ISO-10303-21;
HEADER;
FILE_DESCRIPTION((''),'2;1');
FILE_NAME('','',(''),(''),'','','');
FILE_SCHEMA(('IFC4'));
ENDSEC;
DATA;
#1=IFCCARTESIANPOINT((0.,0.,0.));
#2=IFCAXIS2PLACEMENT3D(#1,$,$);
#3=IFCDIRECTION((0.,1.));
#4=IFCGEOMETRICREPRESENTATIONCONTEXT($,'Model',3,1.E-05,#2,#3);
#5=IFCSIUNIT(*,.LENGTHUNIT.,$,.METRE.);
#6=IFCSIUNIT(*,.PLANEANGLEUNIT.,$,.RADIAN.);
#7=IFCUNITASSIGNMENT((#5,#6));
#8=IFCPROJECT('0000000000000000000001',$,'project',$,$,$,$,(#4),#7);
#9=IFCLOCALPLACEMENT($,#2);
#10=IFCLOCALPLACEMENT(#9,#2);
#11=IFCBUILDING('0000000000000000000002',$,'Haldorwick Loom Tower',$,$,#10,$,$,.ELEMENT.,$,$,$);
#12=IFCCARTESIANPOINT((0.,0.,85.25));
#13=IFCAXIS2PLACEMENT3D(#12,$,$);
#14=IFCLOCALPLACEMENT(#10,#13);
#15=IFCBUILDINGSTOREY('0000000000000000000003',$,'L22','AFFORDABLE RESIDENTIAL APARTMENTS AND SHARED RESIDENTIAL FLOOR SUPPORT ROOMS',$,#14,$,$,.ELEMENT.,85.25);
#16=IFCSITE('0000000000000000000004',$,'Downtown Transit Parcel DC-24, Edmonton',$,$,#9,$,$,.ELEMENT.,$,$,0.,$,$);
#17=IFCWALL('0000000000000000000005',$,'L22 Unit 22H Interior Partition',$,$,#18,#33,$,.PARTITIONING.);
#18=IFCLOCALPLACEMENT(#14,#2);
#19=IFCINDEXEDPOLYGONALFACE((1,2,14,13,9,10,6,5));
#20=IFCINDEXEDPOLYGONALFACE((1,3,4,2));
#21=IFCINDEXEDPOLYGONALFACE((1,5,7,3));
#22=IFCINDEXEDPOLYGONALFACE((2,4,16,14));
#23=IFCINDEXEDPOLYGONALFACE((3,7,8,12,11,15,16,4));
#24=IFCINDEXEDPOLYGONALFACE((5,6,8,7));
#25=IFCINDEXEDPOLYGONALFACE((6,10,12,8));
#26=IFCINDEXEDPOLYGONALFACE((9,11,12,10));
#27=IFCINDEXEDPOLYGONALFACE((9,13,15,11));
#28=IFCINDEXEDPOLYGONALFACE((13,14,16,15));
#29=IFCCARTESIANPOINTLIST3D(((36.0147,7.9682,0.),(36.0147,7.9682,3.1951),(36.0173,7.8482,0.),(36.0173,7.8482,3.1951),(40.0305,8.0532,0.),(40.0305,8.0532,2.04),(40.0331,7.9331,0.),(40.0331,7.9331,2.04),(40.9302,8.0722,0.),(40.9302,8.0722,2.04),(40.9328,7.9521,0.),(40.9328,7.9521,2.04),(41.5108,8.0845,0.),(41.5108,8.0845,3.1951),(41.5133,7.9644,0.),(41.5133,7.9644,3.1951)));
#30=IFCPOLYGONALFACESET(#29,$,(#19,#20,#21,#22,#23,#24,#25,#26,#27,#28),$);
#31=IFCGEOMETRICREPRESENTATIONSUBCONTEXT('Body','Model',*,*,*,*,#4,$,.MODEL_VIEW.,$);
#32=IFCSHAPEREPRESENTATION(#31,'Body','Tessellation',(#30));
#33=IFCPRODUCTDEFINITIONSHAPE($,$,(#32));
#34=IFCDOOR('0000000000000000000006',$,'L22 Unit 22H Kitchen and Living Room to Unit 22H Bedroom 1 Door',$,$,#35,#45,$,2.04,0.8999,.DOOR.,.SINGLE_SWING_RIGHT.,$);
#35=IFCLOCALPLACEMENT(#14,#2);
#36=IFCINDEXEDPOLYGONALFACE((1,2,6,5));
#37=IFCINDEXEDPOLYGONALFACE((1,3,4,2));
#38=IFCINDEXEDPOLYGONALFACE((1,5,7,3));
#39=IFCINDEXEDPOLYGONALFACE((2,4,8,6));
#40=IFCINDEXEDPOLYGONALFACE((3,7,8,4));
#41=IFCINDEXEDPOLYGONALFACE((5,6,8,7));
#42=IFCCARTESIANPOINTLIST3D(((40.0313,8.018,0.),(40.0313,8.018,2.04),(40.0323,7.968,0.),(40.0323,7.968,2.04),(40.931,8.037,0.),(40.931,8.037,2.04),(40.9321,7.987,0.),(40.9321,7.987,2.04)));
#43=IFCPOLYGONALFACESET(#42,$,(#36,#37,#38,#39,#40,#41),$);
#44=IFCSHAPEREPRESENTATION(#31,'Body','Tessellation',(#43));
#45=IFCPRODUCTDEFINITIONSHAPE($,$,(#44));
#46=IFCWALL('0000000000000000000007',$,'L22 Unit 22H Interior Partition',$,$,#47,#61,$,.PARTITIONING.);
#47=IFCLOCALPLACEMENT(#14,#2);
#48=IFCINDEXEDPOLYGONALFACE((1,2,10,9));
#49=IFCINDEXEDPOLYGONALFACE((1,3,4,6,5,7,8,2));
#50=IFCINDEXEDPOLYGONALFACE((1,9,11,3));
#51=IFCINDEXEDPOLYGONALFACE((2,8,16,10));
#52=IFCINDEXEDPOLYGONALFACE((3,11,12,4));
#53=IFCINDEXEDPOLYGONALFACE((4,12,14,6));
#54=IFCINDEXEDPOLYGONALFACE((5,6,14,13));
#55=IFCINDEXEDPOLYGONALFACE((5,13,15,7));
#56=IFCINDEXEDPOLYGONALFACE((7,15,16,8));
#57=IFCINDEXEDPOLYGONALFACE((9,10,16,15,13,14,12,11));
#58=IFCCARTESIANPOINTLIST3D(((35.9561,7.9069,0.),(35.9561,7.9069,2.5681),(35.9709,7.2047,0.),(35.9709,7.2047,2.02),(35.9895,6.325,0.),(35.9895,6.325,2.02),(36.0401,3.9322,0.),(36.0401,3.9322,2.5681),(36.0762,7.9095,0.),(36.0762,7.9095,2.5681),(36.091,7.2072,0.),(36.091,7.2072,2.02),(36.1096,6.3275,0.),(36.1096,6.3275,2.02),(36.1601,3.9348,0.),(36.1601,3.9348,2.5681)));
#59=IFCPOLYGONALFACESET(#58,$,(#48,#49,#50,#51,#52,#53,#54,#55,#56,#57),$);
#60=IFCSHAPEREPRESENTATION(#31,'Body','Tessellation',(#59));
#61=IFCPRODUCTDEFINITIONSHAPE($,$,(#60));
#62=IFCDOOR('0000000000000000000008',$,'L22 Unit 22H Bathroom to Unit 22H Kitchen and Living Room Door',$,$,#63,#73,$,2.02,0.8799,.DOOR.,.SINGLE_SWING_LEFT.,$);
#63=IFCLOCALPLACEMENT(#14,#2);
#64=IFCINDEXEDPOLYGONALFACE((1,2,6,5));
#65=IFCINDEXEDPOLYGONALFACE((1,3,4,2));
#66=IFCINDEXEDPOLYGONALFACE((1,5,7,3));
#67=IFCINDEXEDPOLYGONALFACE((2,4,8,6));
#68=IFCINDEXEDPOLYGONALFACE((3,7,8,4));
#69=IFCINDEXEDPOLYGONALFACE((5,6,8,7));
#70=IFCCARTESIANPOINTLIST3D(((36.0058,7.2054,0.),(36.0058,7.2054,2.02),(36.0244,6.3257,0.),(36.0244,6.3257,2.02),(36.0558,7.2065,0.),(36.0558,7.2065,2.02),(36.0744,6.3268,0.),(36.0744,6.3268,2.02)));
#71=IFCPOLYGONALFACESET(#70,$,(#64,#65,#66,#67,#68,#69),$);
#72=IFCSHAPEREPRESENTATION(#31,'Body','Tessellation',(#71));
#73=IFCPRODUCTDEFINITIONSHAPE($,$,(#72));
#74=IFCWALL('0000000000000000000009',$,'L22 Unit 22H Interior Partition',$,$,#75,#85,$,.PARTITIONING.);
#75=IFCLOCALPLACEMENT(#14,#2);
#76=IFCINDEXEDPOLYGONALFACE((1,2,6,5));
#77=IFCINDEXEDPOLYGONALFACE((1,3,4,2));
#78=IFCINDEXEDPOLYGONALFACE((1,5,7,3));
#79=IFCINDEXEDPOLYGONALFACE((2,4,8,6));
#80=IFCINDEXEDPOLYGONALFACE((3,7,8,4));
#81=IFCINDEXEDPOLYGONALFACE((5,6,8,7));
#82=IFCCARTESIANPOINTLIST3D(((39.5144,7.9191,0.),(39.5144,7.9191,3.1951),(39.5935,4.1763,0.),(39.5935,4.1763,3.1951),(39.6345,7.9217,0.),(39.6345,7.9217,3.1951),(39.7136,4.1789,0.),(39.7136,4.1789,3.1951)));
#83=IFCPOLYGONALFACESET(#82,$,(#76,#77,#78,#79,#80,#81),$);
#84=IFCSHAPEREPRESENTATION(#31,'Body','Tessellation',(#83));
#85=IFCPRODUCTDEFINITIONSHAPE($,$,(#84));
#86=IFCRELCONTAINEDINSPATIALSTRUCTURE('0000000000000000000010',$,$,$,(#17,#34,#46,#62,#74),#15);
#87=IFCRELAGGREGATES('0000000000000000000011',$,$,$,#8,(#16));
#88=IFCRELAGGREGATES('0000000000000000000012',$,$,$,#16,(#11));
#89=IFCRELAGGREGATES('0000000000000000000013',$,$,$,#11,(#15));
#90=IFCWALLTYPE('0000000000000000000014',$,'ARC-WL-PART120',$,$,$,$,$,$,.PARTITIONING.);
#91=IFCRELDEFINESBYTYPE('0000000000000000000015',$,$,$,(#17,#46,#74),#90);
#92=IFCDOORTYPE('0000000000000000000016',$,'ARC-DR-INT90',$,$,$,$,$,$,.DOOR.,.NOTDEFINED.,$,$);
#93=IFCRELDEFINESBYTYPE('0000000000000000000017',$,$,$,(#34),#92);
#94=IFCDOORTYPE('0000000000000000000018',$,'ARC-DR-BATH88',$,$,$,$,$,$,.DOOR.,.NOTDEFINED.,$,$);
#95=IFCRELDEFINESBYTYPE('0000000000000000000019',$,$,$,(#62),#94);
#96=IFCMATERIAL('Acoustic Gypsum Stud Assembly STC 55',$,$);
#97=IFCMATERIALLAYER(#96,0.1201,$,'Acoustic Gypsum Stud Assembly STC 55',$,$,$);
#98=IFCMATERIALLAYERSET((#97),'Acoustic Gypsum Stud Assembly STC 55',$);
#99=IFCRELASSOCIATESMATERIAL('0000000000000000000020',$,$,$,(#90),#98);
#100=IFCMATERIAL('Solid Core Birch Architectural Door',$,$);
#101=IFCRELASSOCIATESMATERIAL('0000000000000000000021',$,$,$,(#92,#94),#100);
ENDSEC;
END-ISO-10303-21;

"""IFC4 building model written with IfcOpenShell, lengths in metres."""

from ifc_helpers import new_model, si_unit, direction, frame, frame_2d, origin, place, context, subcontext, project, spatial, rectangle, extrude, material, layer, layer_set, type_object, element, fill, save


model = new_model("IFC4")

# Units and contexts
model_context = context("Model", 3, precision=1e-05, world=origin(), true_north=direction((0.0, 1.0)))
body_context = subcontext(model_context, "Body", "Model", "MODEL_VIEW")
ifc_project = project(units=[si_unit("LENGTHUNIT", "METRE"), si_unit("PLANEANGLEUNIT", "RADIAN")], contexts=[model_context])

# Site, building, storey
site_placement = place(None, origin())
site = spatial("IfcSite", under=ifc_project, at=site_placement, Name="Downtown Transit Parcel DC-24, Edmonton", CompositionType="ELEMENT", RefElevation=0.0)
building_placement = place(site_placement, origin())
building = spatial("IfcBuilding", under=site, at=building_placement, Name="Haldorwick Loom Tower", CompositionType="ELEMENT")
storey_placement = place(building_placement, frame((0.0, 0.0, 85.25)))
storey = spatial("IfcBuildingStorey", under=building, at=storey_placement, Name="L22", Description="AFFORDABLE RESIDENTIAL APARTMENTS AND SHARED RESIDENTIAL FLOOR SUPPORT ROOMS", CompositionType="ELEMENT", Elevation=85.25)

# Walls, openings, doors
ifc_material_1 = material(Name="Acoustic Gypsum Stud Assembly STC 55")
ifc_layer_1 = layer(ifc_material_1, 0.1201, Name="Acoustic Gypsum Stud Assembly STC 55")
ifc_layer_set_1 = layer_set([ifc_layer_1], Name="Acoustic Gypsum Stud Assembly STC 55")
wall_type_1 = type_object("IfcWallType", Name="ARC-WL-PART120", PredefinedType="PARTITIONING", material=ifc_layer_set_1)
wall_1_placement = place(storey_placement, frame((36.0161, 7.9082, 0.0), z_axis=(0.0, 0.0, 1.0), x_axis=(0.999777, 0.02114, 0.0)))
wall_1 = element("IfcWall", 1, at=wall_1_placement, inside=storey, type_object=wall_type_1, Name="L22 Unit 22H Interior Partition", PredefinedType="PARTITIONING", context=body_context, shape_type="SweptSolid", body=[
    extrude(rectangle(XDim=5.4973, YDim=0.1201, at=frame_2d((2.7485, 0.0))), origin(), (0.0, 0.0, 1.0), 3.1951),
])
opening_1_placement = place(wall_1_placement, frame((4.0166, 0.0, 0.0)))
opening_1 = element("IfcOpeningElement", 2, at=opening_1_placement, cuts=wall_1, PredefinedType="OPENING", context=body_context, shape_type="SweptSolid", body=[
    extrude(rectangle(XDim=0.8999, YDim=2.04, at=frame_2d((0.45, 1.02))), frame((0.0, 0.0701, 0.0), z_axis=(0.0, -1.0, 0.0), x_axis=(1.0, 0.0, 0.0)), (0.0, 0.0, 1.0), 0.1401),
])
ifc_material_2 = material(Name="Solid Core Birch Architectural Door")
door_type_1 = type_object("IfcDoorType", Name="ARC-DR-INT90", OperationType="NOTDEFINED", PredefinedType="DOOR", material=ifc_material_2)
door_1_placement = place(opening_1_placement, origin())
door_1 = element("IfcDoor", 3, at=door_1_placement, inside=storey, type_object=door_type_1, Name="L22 Unit 22H Kitchen and Living Room to Unit 22H Bedroom 1 Door", OperationType="SINGLE_SWING_RIGHT", OverallHeight=2.04, OverallWidth=0.8999, PredefinedType="DOOR", context=body_context, shape_type="SweptSolid", body=[
    extrude(rectangle(XDim=0.8999, YDim=2.04, at=frame_2d((0.45, 1.02))), frame((0.0, 0.0249, 0.0), z_axis=(0.0, -1.0, 0.0), x_axis=(1.0, 0.0, 0.0)), (0.0, 0.0, 1.0), 0.05),
])
fill(opening_1, door_1)
wall_2_placement = place(storey_placement, frame((36.0161, 7.9082, 0.0), z_axis=(0.0, 0.0, 1.0), x_axis=(0.021126, -0.999777, 0.0)))
wall_2 = element("IfcWall", 4, at=wall_2_placement, inside=storey, type_object=wall_type_1, Name="L22 Unit 22H Interior Partition", PredefinedType="PARTITIONING", context=body_context, shape_type="SweptSolid", body=[
    extrude(rectangle(XDim=3.9756, YDim=0.1201, at=frame_2d((1.9878, 0.0))), origin(), (0.0, 0.0, 1.0), 2.5681),
])
opening_2_placement = place(wall_2_placement, frame((0.7024, 0.0, 0.0)))
opening_2 = element("IfcOpeningElement", 5, at=opening_2_placement, cuts=wall_2, PredefinedType="OPENING", context=body_context, shape_type="SweptSolid", body=[
    extrude(rectangle(XDim=0.8799, YDim=2.02, at=frame_2d((0.4399, 1.01))), frame((0.0, 0.0701, 0.0), z_axis=(0.0, -1.0, 0.0), x_axis=(1.0, 0.0, 0.0)), (0.0, 0.0, 1.0), 0.1401),
])
door_type_2 = type_object("IfcDoorType", Name="ARC-DR-BATH88", OperationType="NOTDEFINED", PredefinedType="DOOR", material=ifc_material_2)
door_2_placement = place(opening_2_placement, origin())
door_2 = element("IfcDoor", 6, at=door_2_placement, inside=storey, type_object=door_type_2, Name="L22 Unit 22H Bathroom to Unit 22H Kitchen and Living Room Door", OperationType="SINGLE_SWING_LEFT", OverallHeight=2.02, OverallWidth=0.8799, PredefinedType="DOOR", context=body_context, shape_type="SweptSolid", body=[
    extrude(rectangle(XDim=0.8799, YDim=2.02, at=frame_2d((0.4399, 1.01))), frame((0.0, 0.0249, 0.0), z_axis=(0.0, -1.0, 0.0), x_axis=(1.0, 0.0, 0.0)), (0.0, 0.0, 1.0), 0.05),
])
fill(opening_2, door_2)

# Wall
wall_3_placement = place(storey_placement, frame((39.5745, 7.9204, 0.0), z_axis=(0.0, 0.0, 1.0), x_axis=(0.021129, -0.999777, 0.0)))
element("IfcWall", 7, at=wall_3_placement, inside=storey, type_object=wall_type_1, Name="L22 Unit 22H Interior Partition", PredefinedType="PARTITIONING", context=body_context, shape_type="SweptSolid", body=[
    extrude(rectangle(XDim=3.7437, YDim=0.1201, at=frame_2d((1.8718, 0.0))), origin(), (0.0, 0.0, 1.0), 3.1951),
])

save(model, "model.ifc")
